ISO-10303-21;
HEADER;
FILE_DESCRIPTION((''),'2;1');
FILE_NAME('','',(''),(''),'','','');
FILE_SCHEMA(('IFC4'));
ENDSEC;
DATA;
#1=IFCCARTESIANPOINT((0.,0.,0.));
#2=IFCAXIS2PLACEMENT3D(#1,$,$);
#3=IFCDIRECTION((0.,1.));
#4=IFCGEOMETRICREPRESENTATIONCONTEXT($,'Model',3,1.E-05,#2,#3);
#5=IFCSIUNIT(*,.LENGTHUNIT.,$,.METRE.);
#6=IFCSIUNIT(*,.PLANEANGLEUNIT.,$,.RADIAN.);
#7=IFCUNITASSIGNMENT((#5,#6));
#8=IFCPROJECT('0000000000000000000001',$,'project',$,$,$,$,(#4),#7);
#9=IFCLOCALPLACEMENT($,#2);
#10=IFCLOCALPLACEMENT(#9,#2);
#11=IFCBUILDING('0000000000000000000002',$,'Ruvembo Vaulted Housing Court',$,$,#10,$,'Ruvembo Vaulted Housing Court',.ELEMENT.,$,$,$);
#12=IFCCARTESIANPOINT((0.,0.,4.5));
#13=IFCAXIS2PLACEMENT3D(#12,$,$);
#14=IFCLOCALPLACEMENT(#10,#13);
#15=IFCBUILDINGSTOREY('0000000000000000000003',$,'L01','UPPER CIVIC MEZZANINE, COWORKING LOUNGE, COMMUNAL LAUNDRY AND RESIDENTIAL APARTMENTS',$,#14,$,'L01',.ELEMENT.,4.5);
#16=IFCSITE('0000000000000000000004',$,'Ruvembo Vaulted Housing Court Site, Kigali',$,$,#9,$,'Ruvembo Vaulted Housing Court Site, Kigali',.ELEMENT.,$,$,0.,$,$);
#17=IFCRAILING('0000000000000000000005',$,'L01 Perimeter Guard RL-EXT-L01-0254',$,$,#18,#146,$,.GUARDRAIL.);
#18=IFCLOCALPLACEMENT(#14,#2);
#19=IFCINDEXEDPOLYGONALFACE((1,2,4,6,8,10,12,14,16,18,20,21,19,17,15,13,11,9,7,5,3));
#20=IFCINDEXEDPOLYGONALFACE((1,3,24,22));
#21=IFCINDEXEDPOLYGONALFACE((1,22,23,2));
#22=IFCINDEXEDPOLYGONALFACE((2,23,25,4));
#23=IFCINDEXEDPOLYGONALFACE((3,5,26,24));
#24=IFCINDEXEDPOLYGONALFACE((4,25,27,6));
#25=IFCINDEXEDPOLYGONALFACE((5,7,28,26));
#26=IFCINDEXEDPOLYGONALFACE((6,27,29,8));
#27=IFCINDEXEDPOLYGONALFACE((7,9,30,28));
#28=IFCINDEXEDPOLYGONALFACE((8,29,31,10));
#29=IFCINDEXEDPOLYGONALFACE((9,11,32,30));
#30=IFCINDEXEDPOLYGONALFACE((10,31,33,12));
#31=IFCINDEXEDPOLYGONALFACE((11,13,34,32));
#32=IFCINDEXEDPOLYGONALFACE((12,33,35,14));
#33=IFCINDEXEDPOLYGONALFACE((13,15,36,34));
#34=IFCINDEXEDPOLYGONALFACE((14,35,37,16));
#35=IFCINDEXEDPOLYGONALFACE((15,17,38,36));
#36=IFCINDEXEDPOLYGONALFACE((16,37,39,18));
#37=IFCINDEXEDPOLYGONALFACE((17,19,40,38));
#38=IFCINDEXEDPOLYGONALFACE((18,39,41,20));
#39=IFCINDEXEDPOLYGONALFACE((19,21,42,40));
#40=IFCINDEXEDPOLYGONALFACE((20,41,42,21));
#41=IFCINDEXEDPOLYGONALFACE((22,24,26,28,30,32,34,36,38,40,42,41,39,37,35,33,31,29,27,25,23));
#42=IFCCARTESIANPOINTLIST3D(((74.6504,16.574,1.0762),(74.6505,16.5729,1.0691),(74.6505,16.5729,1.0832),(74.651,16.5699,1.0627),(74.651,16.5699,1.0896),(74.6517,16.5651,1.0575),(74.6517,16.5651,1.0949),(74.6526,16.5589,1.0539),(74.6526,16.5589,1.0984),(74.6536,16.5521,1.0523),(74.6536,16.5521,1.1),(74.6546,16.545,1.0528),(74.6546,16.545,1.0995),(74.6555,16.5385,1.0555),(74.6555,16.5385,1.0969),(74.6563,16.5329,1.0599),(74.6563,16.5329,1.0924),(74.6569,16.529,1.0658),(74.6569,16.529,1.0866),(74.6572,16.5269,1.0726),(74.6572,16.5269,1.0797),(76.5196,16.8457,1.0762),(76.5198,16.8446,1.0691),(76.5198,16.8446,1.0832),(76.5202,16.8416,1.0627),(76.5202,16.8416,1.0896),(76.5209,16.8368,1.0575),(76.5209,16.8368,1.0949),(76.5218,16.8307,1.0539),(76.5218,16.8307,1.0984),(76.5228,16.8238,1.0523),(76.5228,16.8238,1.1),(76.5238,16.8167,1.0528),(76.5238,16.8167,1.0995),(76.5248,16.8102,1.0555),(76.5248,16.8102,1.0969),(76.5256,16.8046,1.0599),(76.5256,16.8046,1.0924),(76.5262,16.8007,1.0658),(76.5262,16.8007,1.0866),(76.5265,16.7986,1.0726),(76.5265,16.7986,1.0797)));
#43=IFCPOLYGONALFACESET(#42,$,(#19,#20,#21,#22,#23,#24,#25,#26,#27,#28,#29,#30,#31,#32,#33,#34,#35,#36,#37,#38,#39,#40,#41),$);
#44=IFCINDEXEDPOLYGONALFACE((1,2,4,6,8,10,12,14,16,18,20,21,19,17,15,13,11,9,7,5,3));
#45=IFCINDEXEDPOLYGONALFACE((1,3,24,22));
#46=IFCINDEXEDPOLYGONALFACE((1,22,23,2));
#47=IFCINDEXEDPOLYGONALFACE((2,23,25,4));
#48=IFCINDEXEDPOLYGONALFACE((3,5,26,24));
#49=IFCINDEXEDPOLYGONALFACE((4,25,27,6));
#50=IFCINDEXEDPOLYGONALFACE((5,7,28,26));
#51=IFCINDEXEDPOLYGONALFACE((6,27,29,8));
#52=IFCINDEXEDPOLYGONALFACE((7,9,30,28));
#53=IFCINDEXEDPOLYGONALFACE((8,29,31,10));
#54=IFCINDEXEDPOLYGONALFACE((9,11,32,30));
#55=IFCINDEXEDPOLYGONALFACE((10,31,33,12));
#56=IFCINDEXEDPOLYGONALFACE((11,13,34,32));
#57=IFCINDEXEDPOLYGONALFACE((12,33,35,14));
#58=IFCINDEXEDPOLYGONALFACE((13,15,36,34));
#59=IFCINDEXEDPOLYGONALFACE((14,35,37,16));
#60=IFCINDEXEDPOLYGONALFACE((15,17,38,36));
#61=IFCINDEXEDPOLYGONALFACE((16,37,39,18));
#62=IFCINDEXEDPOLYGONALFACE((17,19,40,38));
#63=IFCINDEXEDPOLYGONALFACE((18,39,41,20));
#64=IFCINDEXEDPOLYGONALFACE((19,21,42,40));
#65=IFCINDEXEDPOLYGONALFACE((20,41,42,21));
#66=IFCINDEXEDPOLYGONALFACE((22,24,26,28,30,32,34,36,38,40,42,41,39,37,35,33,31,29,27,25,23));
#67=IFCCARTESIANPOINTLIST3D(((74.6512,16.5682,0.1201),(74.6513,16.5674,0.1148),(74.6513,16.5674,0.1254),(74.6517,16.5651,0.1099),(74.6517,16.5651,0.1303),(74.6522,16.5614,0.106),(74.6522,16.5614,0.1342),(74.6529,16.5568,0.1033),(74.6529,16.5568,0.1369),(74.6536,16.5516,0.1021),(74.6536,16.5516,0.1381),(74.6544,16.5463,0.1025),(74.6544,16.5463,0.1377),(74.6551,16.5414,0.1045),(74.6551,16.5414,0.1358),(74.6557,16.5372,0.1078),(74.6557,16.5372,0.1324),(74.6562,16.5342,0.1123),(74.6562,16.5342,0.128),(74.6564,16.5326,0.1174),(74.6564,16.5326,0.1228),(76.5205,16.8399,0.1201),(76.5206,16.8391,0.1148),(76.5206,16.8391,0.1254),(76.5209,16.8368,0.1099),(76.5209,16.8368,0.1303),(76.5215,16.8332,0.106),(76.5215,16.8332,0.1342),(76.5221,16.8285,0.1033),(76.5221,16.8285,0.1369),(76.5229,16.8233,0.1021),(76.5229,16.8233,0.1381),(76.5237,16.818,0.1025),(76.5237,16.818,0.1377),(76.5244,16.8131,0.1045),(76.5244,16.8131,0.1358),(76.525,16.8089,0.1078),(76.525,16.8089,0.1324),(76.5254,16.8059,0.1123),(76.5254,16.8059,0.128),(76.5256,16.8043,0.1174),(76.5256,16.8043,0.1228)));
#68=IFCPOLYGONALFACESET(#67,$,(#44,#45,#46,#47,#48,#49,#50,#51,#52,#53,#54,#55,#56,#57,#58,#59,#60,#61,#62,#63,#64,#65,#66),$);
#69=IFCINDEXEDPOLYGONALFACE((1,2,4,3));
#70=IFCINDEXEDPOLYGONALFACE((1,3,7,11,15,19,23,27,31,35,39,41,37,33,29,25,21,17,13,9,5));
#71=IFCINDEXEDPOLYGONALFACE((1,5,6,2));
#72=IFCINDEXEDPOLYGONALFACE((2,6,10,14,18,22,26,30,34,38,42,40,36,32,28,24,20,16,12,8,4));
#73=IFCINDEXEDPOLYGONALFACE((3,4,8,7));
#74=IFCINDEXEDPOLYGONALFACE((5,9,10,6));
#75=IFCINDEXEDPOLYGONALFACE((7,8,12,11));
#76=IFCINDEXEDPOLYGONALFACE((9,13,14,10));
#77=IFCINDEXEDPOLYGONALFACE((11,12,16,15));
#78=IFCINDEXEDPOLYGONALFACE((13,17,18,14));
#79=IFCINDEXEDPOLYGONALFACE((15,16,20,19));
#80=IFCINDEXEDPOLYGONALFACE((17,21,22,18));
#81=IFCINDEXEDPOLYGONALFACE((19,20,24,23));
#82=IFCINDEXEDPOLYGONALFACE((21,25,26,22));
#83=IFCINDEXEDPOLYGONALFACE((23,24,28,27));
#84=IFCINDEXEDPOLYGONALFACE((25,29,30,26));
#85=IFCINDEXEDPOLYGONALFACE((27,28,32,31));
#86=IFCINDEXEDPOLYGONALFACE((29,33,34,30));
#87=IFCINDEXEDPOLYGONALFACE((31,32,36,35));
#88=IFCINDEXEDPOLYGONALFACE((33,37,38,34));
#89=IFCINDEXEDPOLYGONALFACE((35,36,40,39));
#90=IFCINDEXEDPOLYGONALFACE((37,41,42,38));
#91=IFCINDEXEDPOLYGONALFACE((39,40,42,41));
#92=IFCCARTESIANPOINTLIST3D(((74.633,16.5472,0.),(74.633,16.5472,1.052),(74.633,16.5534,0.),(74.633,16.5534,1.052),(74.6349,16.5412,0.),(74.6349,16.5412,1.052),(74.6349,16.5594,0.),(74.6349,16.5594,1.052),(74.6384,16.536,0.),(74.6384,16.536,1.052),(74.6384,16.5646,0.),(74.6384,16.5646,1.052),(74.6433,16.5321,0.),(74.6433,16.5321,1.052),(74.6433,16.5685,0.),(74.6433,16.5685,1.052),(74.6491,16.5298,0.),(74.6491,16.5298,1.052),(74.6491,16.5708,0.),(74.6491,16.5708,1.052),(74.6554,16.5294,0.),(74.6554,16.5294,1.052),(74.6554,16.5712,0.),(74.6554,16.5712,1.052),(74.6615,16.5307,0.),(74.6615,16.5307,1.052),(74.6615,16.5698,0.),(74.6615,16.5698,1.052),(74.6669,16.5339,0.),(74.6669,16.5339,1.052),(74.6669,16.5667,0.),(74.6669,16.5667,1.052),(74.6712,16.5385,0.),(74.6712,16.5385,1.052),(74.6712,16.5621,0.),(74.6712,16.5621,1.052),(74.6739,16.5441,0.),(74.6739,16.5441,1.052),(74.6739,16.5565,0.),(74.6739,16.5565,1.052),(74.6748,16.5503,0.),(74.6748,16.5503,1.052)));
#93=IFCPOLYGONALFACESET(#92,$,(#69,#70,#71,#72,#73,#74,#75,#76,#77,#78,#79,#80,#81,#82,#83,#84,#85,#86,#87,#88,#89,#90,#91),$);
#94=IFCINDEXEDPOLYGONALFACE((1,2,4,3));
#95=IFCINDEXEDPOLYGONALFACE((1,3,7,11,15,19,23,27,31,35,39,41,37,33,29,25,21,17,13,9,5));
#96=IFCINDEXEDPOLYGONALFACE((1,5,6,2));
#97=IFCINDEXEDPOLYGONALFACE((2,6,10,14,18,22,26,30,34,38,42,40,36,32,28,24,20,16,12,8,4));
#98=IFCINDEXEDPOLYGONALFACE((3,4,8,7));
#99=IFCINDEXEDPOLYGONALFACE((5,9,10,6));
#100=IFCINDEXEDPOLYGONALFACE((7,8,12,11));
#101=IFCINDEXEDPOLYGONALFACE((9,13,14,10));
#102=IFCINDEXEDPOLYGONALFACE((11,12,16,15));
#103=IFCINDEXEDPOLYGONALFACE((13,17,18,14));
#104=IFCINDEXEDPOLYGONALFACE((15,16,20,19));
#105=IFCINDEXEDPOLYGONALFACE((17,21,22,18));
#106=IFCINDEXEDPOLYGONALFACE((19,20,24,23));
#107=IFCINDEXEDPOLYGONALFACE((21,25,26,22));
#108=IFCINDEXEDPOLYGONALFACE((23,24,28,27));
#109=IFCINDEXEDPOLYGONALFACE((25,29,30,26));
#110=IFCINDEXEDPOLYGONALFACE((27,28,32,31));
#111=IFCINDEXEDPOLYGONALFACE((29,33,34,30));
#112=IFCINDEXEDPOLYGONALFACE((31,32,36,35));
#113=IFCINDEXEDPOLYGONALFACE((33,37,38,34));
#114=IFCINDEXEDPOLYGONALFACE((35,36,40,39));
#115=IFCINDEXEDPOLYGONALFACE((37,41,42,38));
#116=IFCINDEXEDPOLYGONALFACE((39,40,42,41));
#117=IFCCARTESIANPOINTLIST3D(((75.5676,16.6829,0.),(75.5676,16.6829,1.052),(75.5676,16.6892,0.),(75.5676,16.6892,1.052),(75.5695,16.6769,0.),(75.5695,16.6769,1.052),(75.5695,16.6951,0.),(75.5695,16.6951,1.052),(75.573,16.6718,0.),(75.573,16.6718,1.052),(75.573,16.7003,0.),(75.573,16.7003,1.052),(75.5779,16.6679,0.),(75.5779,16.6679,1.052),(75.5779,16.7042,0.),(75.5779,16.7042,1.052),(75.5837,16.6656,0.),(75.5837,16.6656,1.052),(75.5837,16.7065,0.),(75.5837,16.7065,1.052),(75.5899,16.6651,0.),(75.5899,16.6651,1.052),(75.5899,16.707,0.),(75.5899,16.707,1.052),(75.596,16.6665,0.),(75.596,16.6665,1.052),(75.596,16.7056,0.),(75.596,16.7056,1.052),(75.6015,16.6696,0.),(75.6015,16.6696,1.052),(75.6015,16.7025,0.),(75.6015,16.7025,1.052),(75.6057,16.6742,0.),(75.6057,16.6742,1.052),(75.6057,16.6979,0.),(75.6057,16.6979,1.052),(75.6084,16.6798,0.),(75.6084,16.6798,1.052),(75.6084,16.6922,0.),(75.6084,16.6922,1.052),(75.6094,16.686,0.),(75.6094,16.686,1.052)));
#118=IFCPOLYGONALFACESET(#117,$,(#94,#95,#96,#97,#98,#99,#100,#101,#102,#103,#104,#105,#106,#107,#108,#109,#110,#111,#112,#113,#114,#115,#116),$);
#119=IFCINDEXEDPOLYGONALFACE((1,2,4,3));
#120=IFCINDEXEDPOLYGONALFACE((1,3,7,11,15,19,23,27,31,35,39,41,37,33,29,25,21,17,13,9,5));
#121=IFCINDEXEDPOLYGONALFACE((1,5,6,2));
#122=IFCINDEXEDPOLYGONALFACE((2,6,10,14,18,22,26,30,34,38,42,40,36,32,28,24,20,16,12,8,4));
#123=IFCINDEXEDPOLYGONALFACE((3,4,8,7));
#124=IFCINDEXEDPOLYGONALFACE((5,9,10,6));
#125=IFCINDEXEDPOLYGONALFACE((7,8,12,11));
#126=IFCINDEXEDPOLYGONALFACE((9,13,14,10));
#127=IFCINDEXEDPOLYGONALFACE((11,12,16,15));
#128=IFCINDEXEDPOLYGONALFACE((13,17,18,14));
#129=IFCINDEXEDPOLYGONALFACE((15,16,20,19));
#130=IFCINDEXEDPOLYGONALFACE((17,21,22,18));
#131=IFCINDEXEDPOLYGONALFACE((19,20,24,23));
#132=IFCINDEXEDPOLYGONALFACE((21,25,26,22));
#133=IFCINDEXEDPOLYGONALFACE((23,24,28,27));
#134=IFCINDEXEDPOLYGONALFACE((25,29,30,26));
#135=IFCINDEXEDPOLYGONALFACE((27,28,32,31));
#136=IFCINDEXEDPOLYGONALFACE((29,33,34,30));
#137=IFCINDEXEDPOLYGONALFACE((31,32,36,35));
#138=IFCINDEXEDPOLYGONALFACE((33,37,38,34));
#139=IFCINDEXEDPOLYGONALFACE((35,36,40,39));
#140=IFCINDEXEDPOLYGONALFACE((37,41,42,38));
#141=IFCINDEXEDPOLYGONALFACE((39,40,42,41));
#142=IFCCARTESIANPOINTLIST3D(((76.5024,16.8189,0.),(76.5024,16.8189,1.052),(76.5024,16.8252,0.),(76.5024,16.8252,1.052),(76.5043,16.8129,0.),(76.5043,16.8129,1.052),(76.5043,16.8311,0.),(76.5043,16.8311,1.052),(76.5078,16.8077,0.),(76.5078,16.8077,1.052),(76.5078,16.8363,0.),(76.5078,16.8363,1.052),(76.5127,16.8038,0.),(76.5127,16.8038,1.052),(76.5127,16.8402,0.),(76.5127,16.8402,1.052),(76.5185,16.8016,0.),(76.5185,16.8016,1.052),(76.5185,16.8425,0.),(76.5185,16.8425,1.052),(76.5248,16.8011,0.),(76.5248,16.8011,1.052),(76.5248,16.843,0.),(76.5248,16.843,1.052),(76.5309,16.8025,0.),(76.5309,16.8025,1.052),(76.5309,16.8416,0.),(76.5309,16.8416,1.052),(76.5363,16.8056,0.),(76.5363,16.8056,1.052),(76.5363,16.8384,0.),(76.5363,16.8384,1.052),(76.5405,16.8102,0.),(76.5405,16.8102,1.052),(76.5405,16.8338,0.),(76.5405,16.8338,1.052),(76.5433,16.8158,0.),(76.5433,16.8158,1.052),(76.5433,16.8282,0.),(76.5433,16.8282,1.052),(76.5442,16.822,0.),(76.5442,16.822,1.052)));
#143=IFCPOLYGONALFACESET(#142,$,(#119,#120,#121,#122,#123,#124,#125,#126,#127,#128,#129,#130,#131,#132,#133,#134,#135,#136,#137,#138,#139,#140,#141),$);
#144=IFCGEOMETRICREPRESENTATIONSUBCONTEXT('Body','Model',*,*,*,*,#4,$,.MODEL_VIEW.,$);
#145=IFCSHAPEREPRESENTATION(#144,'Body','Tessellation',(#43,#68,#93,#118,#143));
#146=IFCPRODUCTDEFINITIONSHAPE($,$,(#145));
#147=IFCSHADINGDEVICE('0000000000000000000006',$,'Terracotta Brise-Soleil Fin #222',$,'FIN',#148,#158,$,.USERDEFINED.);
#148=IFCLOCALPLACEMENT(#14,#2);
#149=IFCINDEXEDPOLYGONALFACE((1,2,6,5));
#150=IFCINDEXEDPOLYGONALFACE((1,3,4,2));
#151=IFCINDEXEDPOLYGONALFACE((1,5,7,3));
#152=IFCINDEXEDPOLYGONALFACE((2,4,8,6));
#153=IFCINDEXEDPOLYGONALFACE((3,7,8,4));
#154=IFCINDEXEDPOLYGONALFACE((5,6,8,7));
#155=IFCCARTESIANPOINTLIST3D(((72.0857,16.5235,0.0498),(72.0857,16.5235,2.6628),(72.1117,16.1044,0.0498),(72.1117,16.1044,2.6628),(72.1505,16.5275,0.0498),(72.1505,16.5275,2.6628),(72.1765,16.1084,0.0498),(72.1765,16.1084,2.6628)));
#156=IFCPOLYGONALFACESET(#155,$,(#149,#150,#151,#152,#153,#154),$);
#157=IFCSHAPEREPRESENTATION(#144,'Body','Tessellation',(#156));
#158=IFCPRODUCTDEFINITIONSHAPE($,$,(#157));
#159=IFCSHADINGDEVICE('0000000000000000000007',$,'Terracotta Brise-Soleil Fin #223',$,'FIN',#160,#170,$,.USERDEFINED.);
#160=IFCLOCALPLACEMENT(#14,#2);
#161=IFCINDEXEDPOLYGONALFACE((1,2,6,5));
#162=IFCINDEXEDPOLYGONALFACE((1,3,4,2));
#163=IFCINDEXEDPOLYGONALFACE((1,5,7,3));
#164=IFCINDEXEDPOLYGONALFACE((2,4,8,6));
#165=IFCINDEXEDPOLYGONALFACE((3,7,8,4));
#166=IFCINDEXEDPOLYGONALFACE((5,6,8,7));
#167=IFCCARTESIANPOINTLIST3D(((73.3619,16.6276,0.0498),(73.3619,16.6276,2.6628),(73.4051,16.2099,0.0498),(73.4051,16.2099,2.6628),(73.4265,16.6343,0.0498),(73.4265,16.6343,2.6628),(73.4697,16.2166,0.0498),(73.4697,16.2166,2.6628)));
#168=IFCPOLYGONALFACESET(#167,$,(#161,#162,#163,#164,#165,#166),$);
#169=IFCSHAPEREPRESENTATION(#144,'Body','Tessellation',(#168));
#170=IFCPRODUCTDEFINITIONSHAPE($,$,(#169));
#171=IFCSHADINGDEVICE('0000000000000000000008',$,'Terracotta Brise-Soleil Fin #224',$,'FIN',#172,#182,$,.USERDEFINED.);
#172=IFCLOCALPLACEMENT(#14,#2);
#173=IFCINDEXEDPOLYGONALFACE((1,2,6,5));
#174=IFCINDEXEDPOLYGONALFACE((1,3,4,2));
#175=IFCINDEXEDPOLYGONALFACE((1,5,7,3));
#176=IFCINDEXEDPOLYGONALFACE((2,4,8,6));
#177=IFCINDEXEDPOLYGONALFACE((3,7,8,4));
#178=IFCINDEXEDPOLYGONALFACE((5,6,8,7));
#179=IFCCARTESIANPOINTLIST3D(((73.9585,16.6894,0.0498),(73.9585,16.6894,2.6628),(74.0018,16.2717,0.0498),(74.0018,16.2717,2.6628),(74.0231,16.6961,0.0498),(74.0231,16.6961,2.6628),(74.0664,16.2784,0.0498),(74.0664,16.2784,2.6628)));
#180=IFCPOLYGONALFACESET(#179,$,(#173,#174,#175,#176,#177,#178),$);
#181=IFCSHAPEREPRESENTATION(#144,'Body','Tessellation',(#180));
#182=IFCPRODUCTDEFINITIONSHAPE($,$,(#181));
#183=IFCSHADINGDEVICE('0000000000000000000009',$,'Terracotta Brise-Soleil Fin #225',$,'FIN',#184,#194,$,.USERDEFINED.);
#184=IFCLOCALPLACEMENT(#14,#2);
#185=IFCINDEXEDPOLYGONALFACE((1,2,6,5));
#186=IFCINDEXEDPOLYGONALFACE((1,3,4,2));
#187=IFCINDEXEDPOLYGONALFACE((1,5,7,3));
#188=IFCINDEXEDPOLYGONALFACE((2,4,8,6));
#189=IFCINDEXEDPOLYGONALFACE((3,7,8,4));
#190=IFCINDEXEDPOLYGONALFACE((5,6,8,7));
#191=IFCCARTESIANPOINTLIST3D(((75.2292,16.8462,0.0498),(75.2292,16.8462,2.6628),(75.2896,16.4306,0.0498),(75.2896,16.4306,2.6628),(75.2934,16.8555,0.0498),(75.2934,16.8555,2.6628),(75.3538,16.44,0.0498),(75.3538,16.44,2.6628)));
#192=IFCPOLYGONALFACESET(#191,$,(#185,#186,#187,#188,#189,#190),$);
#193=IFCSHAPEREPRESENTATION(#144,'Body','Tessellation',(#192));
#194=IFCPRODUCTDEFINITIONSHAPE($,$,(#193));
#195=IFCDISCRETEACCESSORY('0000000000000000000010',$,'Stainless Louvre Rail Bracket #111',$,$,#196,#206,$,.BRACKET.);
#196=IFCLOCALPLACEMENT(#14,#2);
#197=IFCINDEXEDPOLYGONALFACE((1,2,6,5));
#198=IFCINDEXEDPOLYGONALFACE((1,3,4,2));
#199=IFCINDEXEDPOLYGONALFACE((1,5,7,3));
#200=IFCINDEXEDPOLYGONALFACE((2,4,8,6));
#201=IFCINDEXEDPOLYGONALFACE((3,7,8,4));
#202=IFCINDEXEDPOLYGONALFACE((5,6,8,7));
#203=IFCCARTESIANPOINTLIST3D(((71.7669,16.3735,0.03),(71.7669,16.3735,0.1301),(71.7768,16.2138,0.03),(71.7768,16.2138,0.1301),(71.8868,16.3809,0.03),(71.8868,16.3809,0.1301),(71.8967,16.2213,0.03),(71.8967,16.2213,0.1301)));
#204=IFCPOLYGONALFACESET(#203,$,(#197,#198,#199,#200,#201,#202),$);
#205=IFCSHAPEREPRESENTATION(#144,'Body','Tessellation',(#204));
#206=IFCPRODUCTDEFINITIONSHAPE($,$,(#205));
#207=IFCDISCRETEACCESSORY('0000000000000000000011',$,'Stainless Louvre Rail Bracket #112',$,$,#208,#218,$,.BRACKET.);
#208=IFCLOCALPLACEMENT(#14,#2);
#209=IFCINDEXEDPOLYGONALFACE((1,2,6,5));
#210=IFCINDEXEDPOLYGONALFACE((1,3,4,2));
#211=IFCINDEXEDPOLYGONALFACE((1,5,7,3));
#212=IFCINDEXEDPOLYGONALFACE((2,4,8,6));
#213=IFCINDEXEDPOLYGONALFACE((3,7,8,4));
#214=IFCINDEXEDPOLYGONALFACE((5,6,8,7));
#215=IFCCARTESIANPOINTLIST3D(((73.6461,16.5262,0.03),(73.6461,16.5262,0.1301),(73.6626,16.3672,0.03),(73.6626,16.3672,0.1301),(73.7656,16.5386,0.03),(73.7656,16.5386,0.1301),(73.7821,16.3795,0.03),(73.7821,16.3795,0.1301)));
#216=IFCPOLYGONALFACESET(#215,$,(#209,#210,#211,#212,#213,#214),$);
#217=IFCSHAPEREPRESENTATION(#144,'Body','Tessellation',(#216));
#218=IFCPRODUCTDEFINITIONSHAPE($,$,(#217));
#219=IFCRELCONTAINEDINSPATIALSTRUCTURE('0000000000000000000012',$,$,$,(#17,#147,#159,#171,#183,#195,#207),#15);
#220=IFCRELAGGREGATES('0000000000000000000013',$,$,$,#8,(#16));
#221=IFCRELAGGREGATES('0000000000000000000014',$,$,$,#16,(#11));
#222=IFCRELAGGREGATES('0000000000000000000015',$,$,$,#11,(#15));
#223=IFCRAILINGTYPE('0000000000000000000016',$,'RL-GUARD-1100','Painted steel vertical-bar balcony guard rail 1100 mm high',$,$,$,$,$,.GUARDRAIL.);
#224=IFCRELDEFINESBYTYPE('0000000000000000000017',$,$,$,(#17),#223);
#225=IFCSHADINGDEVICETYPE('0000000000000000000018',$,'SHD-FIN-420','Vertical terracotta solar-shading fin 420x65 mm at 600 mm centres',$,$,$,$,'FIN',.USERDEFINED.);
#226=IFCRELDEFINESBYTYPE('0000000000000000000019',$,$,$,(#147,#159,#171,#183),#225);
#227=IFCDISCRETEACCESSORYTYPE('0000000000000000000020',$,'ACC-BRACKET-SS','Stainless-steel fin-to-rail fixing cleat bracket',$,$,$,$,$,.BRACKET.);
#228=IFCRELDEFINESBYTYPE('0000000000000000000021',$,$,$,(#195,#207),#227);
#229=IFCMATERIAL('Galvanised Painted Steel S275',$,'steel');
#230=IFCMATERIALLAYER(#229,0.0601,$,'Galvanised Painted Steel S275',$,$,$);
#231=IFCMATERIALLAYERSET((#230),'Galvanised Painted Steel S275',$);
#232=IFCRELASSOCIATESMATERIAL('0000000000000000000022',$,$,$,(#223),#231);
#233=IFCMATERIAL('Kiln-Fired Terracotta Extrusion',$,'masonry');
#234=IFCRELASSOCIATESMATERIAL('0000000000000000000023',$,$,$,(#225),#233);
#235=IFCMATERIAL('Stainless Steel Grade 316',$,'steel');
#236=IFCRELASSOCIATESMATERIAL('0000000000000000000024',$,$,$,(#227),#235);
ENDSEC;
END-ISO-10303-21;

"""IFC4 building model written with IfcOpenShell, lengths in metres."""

from ifc_helpers import new_model, si_unit, direction, frame, origin, origin_2d, place, context, subcontext, project, spatial, rectangle, circle, extrude, material, layer, layer_set, type_object, element, save


model = new_model("IFC4")

# Units and contexts
model_context = context("Model", 3, precision=1e-05, world=origin(), true_north=direction((0.0, 1.0)))
body_context = subcontext(model_context, "Body", "Model", "MODEL_VIEW")
ifc_project = project(units=[si_unit("LENGTHUNIT", "METRE"), si_unit("PLANEANGLEUNIT", "RADIAN")], contexts=[model_context])

# Site, building, storey
site_placement = place(None, origin())
site = spatial("IfcSite", under=ifc_project, at=site_placement, Name="Ruvembo Vaulted Housing Court Site, Kigali", LongName="Ruvembo Vaulted Housing Court Site, Kigali", CompositionType="ELEMENT", RefElevation=0.0)
building_placement = place(site_placement, origin())
building = spatial("IfcBuilding", under=site, at=building_placement, Name="Ruvembo Vaulted Housing Court", LongName="Ruvembo Vaulted Housing Court", CompositionType="ELEMENT")
storey_placement = place(building_placement, frame((0.0, 0.0, 4.5)))
storey = spatial("IfcBuildingStorey", under=building, at=storey_placement, Name="L01", Description="UPPER CIVIC MEZZANINE, COWORKING LOUNGE, COMMUNAL LAUNDRY AND RESIDENTIAL APARTMENTS", LongName="L01", CompositionType="ELEMENT", Elevation=4.5)

# Railing
ifc_material_1 = material(Name="Galvanised Painted Steel S275", Category="steel")
ifc_layer_1 = layer(ifc_material_1, 0.0601, Name="Galvanised Painted Steel S275")
ifc_layer_set_1 = layer_set([ifc_layer_1], Name="Galvanised Painted Steel S275")
railing_type = type_object("IfcRailingType", Name="RL-GUARD-1100", Description="Painted steel vertical-bar balcony guard rail 1100 mm high", PredefinedType="GUARDRAIL", material=ifc_layer_set_1)
railing_1_placement = place(storey_placement, frame((74.6538, 16.5503, 0.0)))
element("IfcRailing", 1, at=railing_1_placement, inside=storey, type_object=railing_type, Name="L01 Perimeter Guard RL-EXT-L01-0254", PredefinedType="GUARDRAIL", context=body_context, shape_type="SweptSolid", body=[
    extrude(circle(Radius=0.0239, at=origin_2d()), frame((0.0, 0.0, 1.0762), z_axis=(0.9896, 0.143845, 0.0), x_axis=(-0.143845, 0.9896, 0.0)), (0.0, 0.0, 1.0), 1.8889),
    extrude(circle(Radius=0.0181, at=origin_2d()), frame((0.0, 0.0, 0.1201), z_axis=(0.9896, 0.143845, 0.0), x_axis=(-0.143845, 0.9896, 0.0)), (0.0, 0.0, 1.0), 1.8889),
    extrude(circle(Radius=0.021, at=origin_2d()), origin(), (0.0, 0.0, 1.0), 1.052),
    extrude(circle(Radius=0.021, at=origin_2d()), frame((0.9346, 0.1357, 0.0)), (0.0, 0.0, 1.0), 1.052),
    extrude(circle(Radius=0.021, at=origin_2d()), frame((1.8694, 0.2717, 0.0)), (0.0, 0.0, 1.0), 1.052),
])

# Shading devices
ifc_material_2 = material(Name="Kiln-Fired Terracotta Extrusion", Category="masonry")
shading_device_type = type_object("IfcShadingDeviceType", Name="SHD-FIN-420", Description="Vertical terracotta solar-shading fin 420x65 mm at 600 mm centres", ElementType="FIN", PredefinedType="USERDEFINED", material=ifc_material_2)
for number, where, z_axis, x_axis, name in (
    (2, (72.1311, 16.3159, 0.0498), (0.0, 0.0, 1.0), (0.061832, -0.998087, 0.0), "Terracotta Brise-Soleil Fin #222"),
    (3, (73.4158, 16.4221, 0.0498), (0.0, 0.0, 1.0), (0.102949, -0.994687, 0.0), "Terracotta Brise-Soleil Fin #223"),
    (4, (74.0125, 16.4839, 0.0498), (0.0, 0.0, 1.0), (0.102949, -0.994687, 0.0), "Terracotta Brise-Soleil Fin #224"),
    (5, (75.2915, 16.6431, 0.0498), (0.0, 0.0, 1.0), (0.143873, -0.989596, 0.0), "Terracotta Brise-Soleil Fin #225"),
):
    element("IfcShadingDevice", number, at=place(storey_placement, frame(where, z_axis=z_axis, x_axis=x_axis)), inside=storey, type_object=shading_device_type, Name=name, ObjectType="FIN", PredefinedType="USERDEFINED", context=body_context, shape_type="SweptSolid", body=[
        extrude(rectangle(XDim=0.4199, YDim=0.0649, at=origin_2d()), origin(), (0.0, 0.0, 1.0), 2.613),
    ])

# Discrete accessories
ifc_material_3 = material(Name="Stainless Steel Grade 316", Category="steel")
discrete_accessory_type = type_object("IfcDiscreteAccessoryType", Name="ACC-BRACKET-SS", Description="Stainless-steel fin-to-rail fixing cleat bracket", PredefinedType="BRACKET", material=ifc_material_3)
for number, where, z_axis, x_axis, name in (
    (6, (71.8318, 16.2974, 0.03), (0.0, 0.0, 1.0), (0.061832, -0.998087, 0.0), "Stainless Louvre Rail Bracket #111"),
    (7, (73.7141, 16.4529, 0.03), (0.0, 0.0, 1.0), (0.102949, -0.994687, 0.0), "Stainless Louvre Rail Bracket #112"),
):
    element("IfcDiscreteAccessory", number, at=place(storey_placement, frame(where, z_axis=z_axis, x_axis=x_axis)), inside=storey, type_object=discrete_accessory_type, Name=name, PredefinedType="BRACKET", context=body_context, shape_type="SweptSolid", body=[
        extrude(rectangle(XDim=0.1599, YDim=0.1201, at=origin_2d()), origin(), (0.0, 0.0, 1.0), 0.1001),
    ])

save(model, "model.ifc")
